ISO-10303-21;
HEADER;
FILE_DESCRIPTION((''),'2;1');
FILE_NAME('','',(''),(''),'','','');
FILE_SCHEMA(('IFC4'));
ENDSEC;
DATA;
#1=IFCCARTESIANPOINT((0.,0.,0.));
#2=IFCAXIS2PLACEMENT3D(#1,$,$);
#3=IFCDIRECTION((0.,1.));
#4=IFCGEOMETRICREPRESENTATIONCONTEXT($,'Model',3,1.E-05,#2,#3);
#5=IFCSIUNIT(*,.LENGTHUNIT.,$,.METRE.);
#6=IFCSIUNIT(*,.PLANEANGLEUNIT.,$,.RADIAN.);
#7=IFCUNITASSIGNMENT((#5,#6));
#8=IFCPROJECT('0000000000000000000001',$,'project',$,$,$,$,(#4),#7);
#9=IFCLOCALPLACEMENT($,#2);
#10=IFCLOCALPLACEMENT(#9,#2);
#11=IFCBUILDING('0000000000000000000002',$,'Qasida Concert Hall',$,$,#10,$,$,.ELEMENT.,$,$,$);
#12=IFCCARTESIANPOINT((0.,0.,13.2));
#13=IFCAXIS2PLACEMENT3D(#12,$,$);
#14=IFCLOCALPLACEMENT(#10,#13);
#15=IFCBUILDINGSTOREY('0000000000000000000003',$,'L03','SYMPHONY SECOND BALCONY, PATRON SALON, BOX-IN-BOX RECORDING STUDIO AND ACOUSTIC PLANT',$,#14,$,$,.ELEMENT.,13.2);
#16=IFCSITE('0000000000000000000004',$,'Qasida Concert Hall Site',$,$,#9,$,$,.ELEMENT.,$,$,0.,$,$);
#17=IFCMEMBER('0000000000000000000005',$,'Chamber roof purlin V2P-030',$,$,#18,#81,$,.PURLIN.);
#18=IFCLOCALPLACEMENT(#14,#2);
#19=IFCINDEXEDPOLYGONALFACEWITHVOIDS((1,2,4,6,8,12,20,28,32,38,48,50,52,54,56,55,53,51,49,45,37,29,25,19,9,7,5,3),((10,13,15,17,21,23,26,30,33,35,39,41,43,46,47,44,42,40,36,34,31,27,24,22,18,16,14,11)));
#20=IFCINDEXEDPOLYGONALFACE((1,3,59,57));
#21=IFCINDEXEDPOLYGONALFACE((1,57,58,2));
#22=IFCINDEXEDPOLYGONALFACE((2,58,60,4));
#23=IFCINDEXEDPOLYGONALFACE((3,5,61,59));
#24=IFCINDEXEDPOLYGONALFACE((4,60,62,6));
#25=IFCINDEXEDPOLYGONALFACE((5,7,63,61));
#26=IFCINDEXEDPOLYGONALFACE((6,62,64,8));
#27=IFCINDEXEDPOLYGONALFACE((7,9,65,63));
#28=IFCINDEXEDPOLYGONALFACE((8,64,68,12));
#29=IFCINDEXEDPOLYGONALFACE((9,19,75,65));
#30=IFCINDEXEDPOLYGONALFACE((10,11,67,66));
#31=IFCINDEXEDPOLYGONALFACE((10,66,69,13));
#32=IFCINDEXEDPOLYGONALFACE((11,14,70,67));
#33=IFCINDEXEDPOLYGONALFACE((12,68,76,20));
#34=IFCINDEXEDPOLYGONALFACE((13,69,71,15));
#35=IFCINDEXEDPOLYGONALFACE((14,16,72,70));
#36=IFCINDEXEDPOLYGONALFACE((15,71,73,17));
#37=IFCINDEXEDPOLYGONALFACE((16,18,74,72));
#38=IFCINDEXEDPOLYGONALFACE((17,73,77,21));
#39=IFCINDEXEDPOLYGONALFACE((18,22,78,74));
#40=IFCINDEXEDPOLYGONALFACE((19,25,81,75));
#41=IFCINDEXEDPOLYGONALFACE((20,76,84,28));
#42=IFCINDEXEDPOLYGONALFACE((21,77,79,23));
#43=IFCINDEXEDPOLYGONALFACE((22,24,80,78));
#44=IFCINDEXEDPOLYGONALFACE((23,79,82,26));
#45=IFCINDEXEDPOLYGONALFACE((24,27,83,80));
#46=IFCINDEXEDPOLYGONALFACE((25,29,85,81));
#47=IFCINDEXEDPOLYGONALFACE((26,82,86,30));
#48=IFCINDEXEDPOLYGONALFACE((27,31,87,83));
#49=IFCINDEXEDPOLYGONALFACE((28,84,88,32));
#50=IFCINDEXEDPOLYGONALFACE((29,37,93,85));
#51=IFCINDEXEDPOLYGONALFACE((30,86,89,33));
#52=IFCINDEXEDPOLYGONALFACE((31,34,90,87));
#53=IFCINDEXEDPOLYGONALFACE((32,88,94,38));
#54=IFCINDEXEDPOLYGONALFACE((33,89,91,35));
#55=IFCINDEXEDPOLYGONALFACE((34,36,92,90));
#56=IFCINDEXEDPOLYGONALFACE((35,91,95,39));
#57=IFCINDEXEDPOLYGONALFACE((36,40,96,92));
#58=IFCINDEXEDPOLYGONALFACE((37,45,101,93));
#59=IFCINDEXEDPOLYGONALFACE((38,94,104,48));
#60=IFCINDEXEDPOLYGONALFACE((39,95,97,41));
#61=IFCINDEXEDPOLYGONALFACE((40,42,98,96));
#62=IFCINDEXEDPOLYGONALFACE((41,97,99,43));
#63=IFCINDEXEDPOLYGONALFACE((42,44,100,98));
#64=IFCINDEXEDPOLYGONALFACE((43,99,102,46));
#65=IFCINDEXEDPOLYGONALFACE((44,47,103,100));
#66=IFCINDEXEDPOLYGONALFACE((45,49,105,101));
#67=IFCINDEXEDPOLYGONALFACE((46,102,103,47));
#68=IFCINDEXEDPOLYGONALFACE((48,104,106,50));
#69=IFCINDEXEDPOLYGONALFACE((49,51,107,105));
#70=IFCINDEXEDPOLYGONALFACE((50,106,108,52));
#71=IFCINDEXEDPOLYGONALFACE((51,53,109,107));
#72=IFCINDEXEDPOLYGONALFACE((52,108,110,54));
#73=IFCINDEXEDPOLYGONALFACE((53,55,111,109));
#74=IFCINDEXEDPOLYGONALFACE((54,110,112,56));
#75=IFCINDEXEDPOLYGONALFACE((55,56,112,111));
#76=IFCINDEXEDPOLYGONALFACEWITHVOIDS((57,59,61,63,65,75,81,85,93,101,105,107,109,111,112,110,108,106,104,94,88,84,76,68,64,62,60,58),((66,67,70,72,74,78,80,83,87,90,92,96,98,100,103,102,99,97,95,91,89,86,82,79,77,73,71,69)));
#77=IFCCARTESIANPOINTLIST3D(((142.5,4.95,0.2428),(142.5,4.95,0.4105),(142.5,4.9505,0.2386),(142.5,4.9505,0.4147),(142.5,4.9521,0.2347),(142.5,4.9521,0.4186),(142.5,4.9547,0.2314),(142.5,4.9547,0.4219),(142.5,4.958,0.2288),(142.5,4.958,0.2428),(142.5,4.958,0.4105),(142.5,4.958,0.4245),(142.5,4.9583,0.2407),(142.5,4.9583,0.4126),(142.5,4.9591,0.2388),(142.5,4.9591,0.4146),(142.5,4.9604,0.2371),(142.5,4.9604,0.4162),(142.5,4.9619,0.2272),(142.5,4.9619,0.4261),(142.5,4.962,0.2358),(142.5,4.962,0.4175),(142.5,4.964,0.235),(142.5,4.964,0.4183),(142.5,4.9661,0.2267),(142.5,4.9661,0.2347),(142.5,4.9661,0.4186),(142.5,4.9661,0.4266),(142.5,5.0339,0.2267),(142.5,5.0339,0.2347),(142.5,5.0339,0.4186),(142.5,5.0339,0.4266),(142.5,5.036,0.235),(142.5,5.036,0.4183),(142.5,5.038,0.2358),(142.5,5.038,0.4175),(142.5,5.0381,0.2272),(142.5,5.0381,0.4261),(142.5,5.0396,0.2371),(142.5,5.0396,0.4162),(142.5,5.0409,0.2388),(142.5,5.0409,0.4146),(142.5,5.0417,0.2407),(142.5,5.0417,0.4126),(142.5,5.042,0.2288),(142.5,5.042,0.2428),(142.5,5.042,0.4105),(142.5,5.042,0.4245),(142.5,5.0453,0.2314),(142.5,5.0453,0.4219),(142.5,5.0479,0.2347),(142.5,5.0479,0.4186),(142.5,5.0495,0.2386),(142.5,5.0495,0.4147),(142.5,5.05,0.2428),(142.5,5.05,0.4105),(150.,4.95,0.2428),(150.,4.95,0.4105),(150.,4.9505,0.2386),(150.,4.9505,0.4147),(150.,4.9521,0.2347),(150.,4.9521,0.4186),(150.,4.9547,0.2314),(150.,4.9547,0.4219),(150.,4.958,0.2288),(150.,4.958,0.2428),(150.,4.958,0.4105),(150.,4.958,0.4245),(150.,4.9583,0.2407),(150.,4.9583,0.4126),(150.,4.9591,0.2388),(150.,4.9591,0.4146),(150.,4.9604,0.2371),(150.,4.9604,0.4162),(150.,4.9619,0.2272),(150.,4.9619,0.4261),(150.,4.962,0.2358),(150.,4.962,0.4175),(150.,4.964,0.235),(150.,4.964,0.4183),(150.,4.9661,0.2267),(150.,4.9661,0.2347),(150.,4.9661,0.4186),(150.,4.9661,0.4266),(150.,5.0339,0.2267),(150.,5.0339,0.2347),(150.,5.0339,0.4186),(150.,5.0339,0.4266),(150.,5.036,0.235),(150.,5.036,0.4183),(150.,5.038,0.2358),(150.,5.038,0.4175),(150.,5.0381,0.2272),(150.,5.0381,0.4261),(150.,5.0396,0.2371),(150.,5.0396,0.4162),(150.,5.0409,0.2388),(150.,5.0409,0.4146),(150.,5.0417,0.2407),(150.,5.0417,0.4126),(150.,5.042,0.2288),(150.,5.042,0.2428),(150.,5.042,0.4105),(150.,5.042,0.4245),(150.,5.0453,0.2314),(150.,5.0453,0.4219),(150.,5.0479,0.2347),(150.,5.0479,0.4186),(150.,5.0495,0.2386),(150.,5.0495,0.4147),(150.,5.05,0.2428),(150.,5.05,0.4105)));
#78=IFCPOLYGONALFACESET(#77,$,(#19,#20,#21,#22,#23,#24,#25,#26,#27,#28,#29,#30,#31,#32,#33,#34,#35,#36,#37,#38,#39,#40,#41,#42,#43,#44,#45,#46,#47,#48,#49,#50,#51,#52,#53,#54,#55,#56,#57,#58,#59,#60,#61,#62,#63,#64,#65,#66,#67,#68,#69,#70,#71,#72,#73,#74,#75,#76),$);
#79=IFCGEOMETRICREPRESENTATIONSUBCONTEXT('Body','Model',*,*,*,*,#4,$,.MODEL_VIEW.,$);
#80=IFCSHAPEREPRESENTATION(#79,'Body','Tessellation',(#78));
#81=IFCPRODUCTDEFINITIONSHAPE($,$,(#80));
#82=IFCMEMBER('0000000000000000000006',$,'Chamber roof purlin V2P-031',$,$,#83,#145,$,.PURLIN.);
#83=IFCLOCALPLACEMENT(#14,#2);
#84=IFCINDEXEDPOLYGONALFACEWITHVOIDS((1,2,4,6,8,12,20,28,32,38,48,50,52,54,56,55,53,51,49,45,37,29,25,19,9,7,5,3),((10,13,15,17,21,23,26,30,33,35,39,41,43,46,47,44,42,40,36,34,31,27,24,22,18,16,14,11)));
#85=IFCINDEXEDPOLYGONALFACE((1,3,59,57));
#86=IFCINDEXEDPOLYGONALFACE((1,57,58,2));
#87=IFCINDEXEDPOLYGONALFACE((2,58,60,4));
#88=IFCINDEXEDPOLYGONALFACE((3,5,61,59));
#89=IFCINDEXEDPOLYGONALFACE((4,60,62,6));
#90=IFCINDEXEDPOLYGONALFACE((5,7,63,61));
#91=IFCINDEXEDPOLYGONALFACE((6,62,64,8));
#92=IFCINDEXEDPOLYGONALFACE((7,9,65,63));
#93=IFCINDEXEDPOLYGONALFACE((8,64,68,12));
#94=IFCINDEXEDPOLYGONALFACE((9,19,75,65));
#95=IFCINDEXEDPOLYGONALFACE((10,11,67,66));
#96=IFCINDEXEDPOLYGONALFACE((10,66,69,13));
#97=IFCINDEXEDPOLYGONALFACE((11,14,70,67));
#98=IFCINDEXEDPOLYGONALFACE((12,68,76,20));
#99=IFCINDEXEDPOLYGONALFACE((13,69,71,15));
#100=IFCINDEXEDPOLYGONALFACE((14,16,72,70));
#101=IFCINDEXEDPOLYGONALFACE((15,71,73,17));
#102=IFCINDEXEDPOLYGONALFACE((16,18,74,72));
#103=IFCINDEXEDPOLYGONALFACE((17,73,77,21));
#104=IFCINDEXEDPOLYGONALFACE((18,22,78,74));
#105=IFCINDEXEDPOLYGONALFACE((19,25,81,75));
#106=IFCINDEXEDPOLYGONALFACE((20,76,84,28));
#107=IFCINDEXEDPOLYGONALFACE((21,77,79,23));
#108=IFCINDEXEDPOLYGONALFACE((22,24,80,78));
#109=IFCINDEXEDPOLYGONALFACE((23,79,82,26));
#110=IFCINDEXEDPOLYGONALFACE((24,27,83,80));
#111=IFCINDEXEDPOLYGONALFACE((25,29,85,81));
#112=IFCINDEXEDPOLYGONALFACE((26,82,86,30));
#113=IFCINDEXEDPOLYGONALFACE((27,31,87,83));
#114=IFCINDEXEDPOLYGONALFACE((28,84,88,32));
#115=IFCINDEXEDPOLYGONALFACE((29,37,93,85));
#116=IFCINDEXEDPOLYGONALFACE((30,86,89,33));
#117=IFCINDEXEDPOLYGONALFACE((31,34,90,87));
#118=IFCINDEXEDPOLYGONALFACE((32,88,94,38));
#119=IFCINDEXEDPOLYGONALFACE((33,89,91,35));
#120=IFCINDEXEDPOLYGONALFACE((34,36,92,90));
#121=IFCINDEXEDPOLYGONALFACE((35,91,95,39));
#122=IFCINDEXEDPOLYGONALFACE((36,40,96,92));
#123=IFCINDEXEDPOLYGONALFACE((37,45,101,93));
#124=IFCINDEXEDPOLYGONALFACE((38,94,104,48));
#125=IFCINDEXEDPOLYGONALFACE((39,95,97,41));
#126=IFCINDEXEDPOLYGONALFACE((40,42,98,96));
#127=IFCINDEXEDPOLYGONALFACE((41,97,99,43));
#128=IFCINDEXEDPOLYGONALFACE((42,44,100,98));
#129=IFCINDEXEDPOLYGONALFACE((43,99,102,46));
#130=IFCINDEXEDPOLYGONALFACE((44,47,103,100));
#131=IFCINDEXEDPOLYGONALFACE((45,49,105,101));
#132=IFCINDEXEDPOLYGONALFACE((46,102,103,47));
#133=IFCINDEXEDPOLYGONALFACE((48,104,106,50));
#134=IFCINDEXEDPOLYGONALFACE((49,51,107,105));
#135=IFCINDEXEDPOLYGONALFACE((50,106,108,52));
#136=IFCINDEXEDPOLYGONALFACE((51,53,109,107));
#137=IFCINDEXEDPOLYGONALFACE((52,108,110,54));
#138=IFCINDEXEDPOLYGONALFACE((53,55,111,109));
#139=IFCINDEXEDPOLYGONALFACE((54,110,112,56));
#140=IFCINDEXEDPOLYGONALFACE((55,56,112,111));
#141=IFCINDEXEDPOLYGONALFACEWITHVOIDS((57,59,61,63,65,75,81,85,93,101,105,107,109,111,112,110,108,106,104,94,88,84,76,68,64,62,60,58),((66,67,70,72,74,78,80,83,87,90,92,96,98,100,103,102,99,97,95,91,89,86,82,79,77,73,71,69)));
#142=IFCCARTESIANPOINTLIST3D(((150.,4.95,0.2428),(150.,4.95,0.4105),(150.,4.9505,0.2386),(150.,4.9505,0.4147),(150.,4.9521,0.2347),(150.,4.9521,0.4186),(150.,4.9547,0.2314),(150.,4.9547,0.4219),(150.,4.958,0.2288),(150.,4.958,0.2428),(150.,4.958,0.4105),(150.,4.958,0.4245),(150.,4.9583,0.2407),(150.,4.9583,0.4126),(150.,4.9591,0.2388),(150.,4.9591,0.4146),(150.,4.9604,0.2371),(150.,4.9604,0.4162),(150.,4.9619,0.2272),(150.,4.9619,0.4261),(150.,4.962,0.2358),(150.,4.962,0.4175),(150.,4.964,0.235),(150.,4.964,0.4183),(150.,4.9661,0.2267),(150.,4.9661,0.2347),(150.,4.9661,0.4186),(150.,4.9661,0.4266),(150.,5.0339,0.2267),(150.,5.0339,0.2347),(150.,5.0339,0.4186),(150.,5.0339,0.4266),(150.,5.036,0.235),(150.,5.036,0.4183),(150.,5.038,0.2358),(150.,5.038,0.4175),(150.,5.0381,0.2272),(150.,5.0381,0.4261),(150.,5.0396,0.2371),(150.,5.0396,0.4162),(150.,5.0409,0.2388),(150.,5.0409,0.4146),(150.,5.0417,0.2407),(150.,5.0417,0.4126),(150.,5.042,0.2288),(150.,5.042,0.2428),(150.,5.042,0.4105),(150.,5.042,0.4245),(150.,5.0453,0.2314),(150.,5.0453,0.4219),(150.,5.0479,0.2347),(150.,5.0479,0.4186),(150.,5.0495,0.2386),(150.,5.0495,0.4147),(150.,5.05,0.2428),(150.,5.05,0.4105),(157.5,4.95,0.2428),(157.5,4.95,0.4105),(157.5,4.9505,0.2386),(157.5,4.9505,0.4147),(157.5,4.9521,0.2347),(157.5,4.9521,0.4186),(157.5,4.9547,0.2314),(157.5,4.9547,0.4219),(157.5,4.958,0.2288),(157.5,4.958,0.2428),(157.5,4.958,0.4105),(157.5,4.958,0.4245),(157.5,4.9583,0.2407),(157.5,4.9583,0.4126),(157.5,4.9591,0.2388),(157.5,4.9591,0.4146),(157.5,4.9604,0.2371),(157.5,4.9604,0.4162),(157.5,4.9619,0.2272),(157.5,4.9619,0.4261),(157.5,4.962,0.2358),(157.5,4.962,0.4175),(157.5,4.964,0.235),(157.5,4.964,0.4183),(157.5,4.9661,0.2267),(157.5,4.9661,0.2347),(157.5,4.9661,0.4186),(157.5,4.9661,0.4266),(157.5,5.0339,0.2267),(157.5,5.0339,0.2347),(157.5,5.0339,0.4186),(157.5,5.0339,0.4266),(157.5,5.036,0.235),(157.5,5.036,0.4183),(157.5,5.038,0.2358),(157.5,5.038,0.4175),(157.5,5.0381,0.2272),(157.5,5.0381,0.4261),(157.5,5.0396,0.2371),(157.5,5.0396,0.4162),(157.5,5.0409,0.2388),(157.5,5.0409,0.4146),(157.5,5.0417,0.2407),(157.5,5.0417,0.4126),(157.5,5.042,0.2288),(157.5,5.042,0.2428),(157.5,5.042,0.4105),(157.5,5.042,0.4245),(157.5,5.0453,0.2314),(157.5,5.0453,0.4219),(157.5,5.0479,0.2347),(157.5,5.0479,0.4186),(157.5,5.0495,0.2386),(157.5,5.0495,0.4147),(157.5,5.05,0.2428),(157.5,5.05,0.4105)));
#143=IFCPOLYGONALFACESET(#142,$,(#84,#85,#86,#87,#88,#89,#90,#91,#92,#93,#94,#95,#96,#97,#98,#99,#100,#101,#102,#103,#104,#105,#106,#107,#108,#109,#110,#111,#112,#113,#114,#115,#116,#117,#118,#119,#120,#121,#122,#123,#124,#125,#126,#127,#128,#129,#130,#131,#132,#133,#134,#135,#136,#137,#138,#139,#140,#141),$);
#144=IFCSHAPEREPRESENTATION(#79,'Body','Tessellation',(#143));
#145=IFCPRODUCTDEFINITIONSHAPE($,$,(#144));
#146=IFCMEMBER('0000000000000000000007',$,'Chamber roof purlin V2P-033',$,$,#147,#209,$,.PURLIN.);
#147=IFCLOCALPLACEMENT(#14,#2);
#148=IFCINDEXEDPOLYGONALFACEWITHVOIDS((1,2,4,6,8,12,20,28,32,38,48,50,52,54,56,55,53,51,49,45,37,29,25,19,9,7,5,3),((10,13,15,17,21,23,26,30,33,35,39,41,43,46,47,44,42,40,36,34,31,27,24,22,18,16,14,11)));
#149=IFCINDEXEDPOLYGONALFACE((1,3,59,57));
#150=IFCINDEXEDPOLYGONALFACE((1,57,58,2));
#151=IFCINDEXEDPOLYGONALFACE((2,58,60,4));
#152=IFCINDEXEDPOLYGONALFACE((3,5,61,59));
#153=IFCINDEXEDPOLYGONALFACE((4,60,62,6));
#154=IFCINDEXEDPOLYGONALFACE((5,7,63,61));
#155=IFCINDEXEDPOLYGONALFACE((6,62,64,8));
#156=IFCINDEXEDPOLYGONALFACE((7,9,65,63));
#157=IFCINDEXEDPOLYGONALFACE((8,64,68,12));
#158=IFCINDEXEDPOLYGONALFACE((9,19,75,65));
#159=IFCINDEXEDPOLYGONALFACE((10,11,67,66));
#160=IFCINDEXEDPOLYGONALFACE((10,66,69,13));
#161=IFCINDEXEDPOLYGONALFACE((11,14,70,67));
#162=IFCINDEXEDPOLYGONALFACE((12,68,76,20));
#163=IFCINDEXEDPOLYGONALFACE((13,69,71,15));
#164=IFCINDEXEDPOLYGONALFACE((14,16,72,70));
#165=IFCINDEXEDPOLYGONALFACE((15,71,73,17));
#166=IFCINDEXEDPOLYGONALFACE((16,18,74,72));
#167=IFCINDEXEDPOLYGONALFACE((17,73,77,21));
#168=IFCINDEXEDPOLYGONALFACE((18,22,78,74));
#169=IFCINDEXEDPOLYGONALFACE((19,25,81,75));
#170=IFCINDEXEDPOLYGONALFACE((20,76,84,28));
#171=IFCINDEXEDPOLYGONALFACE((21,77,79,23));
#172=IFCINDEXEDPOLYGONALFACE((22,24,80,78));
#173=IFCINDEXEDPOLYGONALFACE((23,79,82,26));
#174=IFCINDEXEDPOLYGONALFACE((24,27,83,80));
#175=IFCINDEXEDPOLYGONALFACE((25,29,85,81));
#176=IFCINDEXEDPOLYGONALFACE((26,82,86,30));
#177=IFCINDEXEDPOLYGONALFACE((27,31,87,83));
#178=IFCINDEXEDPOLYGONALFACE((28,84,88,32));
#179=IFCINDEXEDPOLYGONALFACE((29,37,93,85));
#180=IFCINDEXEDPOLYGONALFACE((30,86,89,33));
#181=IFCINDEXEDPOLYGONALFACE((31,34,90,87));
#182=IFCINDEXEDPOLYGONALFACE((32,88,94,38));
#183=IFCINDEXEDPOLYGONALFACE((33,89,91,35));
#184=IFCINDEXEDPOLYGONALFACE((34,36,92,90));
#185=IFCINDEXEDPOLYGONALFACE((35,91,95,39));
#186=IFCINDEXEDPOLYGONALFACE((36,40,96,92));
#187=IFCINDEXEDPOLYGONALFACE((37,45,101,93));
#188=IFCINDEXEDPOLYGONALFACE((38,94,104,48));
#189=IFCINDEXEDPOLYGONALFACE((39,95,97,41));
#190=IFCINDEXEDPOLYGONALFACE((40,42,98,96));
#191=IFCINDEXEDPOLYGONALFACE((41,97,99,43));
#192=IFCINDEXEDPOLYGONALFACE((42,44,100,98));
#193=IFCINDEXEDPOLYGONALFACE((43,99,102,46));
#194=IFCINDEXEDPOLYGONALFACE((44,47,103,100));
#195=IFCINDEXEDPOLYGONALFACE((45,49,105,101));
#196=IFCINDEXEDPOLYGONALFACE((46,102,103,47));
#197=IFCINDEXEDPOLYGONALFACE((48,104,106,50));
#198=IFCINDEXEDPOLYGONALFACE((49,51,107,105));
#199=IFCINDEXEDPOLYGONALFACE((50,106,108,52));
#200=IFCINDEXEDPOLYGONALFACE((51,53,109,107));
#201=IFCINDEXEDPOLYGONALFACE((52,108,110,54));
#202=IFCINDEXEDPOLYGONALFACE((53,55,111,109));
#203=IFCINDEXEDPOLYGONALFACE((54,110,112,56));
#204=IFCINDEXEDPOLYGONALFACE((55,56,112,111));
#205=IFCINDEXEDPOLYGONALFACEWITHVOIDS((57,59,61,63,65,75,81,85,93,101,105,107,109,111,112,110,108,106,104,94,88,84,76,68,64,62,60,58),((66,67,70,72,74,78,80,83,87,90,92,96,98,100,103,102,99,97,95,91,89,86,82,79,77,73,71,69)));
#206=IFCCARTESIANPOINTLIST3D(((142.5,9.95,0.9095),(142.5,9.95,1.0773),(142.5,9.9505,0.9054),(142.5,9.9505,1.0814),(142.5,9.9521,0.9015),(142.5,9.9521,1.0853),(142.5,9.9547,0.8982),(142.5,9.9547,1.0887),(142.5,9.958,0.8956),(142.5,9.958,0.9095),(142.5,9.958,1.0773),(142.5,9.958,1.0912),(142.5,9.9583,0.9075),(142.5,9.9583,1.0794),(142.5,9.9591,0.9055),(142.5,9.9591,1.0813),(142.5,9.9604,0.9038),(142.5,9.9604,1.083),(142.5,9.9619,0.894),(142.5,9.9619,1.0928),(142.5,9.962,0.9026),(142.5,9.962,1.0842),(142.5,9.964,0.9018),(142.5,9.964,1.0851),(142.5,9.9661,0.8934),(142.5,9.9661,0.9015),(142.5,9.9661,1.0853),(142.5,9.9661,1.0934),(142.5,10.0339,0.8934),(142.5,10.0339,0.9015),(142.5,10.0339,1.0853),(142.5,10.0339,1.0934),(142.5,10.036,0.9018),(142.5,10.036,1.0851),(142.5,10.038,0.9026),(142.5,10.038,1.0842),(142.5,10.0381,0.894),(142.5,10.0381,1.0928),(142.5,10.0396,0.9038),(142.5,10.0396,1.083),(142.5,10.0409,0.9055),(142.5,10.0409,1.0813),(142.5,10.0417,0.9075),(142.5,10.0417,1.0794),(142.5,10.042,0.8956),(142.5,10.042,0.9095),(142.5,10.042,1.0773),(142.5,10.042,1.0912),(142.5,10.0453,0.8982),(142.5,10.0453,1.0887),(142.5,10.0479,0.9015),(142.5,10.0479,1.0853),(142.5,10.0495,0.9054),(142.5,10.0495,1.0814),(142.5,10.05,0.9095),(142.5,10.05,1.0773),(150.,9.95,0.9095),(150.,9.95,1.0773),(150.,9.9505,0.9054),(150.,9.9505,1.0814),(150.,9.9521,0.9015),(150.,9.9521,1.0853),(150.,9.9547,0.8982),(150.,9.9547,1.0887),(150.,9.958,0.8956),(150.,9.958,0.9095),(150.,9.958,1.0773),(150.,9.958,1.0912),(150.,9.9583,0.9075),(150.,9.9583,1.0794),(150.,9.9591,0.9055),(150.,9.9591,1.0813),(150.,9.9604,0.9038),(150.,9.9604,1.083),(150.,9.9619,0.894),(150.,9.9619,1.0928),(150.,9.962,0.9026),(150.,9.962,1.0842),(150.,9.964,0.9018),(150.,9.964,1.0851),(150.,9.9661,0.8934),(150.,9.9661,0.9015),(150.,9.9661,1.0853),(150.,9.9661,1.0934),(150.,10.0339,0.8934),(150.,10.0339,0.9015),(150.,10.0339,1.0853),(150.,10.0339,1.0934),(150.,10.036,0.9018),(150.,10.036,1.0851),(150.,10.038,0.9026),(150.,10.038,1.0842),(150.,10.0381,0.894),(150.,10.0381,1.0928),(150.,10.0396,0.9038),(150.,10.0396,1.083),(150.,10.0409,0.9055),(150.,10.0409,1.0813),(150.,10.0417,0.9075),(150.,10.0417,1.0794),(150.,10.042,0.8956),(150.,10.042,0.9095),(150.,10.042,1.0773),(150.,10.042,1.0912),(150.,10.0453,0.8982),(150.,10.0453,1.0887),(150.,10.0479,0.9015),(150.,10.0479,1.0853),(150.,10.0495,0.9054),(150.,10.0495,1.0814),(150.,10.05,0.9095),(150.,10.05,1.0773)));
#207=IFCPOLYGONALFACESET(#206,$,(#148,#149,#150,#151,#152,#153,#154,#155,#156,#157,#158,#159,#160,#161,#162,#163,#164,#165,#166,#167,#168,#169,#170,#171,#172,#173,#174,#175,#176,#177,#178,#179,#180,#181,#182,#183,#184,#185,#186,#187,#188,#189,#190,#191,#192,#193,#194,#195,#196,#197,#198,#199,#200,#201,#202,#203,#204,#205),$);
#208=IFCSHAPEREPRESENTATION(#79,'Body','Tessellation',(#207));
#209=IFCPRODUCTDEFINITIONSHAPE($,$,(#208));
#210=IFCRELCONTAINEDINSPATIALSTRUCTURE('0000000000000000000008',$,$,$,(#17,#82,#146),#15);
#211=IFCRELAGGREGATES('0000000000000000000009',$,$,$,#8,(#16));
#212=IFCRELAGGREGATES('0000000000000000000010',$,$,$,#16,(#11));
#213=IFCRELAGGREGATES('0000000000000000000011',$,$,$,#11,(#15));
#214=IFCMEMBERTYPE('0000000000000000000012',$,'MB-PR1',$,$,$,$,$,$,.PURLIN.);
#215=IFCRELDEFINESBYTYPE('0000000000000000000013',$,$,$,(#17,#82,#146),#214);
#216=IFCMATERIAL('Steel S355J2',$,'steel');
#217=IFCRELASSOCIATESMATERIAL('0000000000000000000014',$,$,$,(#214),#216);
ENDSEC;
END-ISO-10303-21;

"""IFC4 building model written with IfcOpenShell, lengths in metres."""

from ifc_helpers import new_model, si_unit, direction, frame, origin, origin_2d, place, context, subcontext, project, spatial, hollow_rectangle, extrude, material, material_profile, profile_set, type_object, element, save


model = new_model("IFC4")

# Units and contexts
model_context = context("Model", 3, precision=1e-05, world=origin(), true_north=direction((0.0, 1.0)))
body_context = subcontext(model_context, "Body", "Model", "MODEL_VIEW")
ifc_project = project(units=[si_unit("LENGTHUNIT", "METRE"), si_unit("PLANEANGLEUNIT", "RADIAN")], contexts=[model_context])

# Site, building, storey
site_placement = place(None, origin())
site = spatial("IfcSite", under=ifc_project, at=site_placement, Name="Qasida Concert Hall Site", CompositionType="ELEMENT", RefElevation=0.0)
building_placement = place(site_placement, origin())
building = spatial("IfcBuilding", under=site, at=building_placement, Name="Qasida Concert Hall", CompositionType="ELEMENT")
storey_placement = place(building_placement, frame((0.0, 0.0, 13.2)))
storey = spatial("IfcBuildingStorey", under=building, at=storey_placement, Name="L03", Description="SYMPHONY SECOND BALCONY, PATRON SALON, BOX-IN-BOX RECORDING STUDIO AND ACOUSTIC PLANT", CompositionType="ELEMENT", Elevation=13.2)

# Members
ifc_material_1 = material(Name="Steel S355J2", Category="steel")
ifc_material_profile_1 = material_profile(ifc_material_1, hollow_rectangle(XDim=0.1001, YDim=0.2, WallThickness=0.0081, InnerFilletRadius=0.0081, OuterFilletRadius=0.0161, at=origin_2d()), Name="RHS 200x100x8")
ifc_profile_set_1 = profile_set([ifc_material_profile_1], Name="Steel S355J2")
member_type_1 = type_object("IfcMemberType", Name="MB-PR1", PredefinedType="PURLIN", material=ifc_profile_set_1)
for number, where, z_axis, x_axis, name in (
    (1, (142.5, 5.0, 0.3267), (1.0, 0.0, 0.0), (0.0, 1.0, 0.0), "Chamber roof purlin V2P-030"),
    (2, (150.0, 5.0, 0.3267), (1.0, 0.0, 0.0), (0.0, 1.0, 0.0), "Chamber roof purlin V2P-031"),
    (3, (142.5, 10.0, 0.9934), (1.0, 0.0, 0.0), (0.0, 1.0, 0.0), "Chamber roof purlin V2P-033"),
):
    element("IfcMember", number, at=place(storey_placement, frame(where, z_axis=z_axis, x_axis=x_axis)), inside=storey, type_object=member_type_1, Name=name, PredefinedType="PURLIN", context=body_context, shape_type="SweptSolid", body=[
        extrude(hollow_rectangle(XDim=0.1001, YDim=0.2, WallThickness=0.0081, InnerFilletRadius=0.0081, OuterFilletRadius=0.0161, at=origin_2d()), origin(), (0.0, 0.0, 1.0), 7.5),
    ])

save(model, "model.ifc")
